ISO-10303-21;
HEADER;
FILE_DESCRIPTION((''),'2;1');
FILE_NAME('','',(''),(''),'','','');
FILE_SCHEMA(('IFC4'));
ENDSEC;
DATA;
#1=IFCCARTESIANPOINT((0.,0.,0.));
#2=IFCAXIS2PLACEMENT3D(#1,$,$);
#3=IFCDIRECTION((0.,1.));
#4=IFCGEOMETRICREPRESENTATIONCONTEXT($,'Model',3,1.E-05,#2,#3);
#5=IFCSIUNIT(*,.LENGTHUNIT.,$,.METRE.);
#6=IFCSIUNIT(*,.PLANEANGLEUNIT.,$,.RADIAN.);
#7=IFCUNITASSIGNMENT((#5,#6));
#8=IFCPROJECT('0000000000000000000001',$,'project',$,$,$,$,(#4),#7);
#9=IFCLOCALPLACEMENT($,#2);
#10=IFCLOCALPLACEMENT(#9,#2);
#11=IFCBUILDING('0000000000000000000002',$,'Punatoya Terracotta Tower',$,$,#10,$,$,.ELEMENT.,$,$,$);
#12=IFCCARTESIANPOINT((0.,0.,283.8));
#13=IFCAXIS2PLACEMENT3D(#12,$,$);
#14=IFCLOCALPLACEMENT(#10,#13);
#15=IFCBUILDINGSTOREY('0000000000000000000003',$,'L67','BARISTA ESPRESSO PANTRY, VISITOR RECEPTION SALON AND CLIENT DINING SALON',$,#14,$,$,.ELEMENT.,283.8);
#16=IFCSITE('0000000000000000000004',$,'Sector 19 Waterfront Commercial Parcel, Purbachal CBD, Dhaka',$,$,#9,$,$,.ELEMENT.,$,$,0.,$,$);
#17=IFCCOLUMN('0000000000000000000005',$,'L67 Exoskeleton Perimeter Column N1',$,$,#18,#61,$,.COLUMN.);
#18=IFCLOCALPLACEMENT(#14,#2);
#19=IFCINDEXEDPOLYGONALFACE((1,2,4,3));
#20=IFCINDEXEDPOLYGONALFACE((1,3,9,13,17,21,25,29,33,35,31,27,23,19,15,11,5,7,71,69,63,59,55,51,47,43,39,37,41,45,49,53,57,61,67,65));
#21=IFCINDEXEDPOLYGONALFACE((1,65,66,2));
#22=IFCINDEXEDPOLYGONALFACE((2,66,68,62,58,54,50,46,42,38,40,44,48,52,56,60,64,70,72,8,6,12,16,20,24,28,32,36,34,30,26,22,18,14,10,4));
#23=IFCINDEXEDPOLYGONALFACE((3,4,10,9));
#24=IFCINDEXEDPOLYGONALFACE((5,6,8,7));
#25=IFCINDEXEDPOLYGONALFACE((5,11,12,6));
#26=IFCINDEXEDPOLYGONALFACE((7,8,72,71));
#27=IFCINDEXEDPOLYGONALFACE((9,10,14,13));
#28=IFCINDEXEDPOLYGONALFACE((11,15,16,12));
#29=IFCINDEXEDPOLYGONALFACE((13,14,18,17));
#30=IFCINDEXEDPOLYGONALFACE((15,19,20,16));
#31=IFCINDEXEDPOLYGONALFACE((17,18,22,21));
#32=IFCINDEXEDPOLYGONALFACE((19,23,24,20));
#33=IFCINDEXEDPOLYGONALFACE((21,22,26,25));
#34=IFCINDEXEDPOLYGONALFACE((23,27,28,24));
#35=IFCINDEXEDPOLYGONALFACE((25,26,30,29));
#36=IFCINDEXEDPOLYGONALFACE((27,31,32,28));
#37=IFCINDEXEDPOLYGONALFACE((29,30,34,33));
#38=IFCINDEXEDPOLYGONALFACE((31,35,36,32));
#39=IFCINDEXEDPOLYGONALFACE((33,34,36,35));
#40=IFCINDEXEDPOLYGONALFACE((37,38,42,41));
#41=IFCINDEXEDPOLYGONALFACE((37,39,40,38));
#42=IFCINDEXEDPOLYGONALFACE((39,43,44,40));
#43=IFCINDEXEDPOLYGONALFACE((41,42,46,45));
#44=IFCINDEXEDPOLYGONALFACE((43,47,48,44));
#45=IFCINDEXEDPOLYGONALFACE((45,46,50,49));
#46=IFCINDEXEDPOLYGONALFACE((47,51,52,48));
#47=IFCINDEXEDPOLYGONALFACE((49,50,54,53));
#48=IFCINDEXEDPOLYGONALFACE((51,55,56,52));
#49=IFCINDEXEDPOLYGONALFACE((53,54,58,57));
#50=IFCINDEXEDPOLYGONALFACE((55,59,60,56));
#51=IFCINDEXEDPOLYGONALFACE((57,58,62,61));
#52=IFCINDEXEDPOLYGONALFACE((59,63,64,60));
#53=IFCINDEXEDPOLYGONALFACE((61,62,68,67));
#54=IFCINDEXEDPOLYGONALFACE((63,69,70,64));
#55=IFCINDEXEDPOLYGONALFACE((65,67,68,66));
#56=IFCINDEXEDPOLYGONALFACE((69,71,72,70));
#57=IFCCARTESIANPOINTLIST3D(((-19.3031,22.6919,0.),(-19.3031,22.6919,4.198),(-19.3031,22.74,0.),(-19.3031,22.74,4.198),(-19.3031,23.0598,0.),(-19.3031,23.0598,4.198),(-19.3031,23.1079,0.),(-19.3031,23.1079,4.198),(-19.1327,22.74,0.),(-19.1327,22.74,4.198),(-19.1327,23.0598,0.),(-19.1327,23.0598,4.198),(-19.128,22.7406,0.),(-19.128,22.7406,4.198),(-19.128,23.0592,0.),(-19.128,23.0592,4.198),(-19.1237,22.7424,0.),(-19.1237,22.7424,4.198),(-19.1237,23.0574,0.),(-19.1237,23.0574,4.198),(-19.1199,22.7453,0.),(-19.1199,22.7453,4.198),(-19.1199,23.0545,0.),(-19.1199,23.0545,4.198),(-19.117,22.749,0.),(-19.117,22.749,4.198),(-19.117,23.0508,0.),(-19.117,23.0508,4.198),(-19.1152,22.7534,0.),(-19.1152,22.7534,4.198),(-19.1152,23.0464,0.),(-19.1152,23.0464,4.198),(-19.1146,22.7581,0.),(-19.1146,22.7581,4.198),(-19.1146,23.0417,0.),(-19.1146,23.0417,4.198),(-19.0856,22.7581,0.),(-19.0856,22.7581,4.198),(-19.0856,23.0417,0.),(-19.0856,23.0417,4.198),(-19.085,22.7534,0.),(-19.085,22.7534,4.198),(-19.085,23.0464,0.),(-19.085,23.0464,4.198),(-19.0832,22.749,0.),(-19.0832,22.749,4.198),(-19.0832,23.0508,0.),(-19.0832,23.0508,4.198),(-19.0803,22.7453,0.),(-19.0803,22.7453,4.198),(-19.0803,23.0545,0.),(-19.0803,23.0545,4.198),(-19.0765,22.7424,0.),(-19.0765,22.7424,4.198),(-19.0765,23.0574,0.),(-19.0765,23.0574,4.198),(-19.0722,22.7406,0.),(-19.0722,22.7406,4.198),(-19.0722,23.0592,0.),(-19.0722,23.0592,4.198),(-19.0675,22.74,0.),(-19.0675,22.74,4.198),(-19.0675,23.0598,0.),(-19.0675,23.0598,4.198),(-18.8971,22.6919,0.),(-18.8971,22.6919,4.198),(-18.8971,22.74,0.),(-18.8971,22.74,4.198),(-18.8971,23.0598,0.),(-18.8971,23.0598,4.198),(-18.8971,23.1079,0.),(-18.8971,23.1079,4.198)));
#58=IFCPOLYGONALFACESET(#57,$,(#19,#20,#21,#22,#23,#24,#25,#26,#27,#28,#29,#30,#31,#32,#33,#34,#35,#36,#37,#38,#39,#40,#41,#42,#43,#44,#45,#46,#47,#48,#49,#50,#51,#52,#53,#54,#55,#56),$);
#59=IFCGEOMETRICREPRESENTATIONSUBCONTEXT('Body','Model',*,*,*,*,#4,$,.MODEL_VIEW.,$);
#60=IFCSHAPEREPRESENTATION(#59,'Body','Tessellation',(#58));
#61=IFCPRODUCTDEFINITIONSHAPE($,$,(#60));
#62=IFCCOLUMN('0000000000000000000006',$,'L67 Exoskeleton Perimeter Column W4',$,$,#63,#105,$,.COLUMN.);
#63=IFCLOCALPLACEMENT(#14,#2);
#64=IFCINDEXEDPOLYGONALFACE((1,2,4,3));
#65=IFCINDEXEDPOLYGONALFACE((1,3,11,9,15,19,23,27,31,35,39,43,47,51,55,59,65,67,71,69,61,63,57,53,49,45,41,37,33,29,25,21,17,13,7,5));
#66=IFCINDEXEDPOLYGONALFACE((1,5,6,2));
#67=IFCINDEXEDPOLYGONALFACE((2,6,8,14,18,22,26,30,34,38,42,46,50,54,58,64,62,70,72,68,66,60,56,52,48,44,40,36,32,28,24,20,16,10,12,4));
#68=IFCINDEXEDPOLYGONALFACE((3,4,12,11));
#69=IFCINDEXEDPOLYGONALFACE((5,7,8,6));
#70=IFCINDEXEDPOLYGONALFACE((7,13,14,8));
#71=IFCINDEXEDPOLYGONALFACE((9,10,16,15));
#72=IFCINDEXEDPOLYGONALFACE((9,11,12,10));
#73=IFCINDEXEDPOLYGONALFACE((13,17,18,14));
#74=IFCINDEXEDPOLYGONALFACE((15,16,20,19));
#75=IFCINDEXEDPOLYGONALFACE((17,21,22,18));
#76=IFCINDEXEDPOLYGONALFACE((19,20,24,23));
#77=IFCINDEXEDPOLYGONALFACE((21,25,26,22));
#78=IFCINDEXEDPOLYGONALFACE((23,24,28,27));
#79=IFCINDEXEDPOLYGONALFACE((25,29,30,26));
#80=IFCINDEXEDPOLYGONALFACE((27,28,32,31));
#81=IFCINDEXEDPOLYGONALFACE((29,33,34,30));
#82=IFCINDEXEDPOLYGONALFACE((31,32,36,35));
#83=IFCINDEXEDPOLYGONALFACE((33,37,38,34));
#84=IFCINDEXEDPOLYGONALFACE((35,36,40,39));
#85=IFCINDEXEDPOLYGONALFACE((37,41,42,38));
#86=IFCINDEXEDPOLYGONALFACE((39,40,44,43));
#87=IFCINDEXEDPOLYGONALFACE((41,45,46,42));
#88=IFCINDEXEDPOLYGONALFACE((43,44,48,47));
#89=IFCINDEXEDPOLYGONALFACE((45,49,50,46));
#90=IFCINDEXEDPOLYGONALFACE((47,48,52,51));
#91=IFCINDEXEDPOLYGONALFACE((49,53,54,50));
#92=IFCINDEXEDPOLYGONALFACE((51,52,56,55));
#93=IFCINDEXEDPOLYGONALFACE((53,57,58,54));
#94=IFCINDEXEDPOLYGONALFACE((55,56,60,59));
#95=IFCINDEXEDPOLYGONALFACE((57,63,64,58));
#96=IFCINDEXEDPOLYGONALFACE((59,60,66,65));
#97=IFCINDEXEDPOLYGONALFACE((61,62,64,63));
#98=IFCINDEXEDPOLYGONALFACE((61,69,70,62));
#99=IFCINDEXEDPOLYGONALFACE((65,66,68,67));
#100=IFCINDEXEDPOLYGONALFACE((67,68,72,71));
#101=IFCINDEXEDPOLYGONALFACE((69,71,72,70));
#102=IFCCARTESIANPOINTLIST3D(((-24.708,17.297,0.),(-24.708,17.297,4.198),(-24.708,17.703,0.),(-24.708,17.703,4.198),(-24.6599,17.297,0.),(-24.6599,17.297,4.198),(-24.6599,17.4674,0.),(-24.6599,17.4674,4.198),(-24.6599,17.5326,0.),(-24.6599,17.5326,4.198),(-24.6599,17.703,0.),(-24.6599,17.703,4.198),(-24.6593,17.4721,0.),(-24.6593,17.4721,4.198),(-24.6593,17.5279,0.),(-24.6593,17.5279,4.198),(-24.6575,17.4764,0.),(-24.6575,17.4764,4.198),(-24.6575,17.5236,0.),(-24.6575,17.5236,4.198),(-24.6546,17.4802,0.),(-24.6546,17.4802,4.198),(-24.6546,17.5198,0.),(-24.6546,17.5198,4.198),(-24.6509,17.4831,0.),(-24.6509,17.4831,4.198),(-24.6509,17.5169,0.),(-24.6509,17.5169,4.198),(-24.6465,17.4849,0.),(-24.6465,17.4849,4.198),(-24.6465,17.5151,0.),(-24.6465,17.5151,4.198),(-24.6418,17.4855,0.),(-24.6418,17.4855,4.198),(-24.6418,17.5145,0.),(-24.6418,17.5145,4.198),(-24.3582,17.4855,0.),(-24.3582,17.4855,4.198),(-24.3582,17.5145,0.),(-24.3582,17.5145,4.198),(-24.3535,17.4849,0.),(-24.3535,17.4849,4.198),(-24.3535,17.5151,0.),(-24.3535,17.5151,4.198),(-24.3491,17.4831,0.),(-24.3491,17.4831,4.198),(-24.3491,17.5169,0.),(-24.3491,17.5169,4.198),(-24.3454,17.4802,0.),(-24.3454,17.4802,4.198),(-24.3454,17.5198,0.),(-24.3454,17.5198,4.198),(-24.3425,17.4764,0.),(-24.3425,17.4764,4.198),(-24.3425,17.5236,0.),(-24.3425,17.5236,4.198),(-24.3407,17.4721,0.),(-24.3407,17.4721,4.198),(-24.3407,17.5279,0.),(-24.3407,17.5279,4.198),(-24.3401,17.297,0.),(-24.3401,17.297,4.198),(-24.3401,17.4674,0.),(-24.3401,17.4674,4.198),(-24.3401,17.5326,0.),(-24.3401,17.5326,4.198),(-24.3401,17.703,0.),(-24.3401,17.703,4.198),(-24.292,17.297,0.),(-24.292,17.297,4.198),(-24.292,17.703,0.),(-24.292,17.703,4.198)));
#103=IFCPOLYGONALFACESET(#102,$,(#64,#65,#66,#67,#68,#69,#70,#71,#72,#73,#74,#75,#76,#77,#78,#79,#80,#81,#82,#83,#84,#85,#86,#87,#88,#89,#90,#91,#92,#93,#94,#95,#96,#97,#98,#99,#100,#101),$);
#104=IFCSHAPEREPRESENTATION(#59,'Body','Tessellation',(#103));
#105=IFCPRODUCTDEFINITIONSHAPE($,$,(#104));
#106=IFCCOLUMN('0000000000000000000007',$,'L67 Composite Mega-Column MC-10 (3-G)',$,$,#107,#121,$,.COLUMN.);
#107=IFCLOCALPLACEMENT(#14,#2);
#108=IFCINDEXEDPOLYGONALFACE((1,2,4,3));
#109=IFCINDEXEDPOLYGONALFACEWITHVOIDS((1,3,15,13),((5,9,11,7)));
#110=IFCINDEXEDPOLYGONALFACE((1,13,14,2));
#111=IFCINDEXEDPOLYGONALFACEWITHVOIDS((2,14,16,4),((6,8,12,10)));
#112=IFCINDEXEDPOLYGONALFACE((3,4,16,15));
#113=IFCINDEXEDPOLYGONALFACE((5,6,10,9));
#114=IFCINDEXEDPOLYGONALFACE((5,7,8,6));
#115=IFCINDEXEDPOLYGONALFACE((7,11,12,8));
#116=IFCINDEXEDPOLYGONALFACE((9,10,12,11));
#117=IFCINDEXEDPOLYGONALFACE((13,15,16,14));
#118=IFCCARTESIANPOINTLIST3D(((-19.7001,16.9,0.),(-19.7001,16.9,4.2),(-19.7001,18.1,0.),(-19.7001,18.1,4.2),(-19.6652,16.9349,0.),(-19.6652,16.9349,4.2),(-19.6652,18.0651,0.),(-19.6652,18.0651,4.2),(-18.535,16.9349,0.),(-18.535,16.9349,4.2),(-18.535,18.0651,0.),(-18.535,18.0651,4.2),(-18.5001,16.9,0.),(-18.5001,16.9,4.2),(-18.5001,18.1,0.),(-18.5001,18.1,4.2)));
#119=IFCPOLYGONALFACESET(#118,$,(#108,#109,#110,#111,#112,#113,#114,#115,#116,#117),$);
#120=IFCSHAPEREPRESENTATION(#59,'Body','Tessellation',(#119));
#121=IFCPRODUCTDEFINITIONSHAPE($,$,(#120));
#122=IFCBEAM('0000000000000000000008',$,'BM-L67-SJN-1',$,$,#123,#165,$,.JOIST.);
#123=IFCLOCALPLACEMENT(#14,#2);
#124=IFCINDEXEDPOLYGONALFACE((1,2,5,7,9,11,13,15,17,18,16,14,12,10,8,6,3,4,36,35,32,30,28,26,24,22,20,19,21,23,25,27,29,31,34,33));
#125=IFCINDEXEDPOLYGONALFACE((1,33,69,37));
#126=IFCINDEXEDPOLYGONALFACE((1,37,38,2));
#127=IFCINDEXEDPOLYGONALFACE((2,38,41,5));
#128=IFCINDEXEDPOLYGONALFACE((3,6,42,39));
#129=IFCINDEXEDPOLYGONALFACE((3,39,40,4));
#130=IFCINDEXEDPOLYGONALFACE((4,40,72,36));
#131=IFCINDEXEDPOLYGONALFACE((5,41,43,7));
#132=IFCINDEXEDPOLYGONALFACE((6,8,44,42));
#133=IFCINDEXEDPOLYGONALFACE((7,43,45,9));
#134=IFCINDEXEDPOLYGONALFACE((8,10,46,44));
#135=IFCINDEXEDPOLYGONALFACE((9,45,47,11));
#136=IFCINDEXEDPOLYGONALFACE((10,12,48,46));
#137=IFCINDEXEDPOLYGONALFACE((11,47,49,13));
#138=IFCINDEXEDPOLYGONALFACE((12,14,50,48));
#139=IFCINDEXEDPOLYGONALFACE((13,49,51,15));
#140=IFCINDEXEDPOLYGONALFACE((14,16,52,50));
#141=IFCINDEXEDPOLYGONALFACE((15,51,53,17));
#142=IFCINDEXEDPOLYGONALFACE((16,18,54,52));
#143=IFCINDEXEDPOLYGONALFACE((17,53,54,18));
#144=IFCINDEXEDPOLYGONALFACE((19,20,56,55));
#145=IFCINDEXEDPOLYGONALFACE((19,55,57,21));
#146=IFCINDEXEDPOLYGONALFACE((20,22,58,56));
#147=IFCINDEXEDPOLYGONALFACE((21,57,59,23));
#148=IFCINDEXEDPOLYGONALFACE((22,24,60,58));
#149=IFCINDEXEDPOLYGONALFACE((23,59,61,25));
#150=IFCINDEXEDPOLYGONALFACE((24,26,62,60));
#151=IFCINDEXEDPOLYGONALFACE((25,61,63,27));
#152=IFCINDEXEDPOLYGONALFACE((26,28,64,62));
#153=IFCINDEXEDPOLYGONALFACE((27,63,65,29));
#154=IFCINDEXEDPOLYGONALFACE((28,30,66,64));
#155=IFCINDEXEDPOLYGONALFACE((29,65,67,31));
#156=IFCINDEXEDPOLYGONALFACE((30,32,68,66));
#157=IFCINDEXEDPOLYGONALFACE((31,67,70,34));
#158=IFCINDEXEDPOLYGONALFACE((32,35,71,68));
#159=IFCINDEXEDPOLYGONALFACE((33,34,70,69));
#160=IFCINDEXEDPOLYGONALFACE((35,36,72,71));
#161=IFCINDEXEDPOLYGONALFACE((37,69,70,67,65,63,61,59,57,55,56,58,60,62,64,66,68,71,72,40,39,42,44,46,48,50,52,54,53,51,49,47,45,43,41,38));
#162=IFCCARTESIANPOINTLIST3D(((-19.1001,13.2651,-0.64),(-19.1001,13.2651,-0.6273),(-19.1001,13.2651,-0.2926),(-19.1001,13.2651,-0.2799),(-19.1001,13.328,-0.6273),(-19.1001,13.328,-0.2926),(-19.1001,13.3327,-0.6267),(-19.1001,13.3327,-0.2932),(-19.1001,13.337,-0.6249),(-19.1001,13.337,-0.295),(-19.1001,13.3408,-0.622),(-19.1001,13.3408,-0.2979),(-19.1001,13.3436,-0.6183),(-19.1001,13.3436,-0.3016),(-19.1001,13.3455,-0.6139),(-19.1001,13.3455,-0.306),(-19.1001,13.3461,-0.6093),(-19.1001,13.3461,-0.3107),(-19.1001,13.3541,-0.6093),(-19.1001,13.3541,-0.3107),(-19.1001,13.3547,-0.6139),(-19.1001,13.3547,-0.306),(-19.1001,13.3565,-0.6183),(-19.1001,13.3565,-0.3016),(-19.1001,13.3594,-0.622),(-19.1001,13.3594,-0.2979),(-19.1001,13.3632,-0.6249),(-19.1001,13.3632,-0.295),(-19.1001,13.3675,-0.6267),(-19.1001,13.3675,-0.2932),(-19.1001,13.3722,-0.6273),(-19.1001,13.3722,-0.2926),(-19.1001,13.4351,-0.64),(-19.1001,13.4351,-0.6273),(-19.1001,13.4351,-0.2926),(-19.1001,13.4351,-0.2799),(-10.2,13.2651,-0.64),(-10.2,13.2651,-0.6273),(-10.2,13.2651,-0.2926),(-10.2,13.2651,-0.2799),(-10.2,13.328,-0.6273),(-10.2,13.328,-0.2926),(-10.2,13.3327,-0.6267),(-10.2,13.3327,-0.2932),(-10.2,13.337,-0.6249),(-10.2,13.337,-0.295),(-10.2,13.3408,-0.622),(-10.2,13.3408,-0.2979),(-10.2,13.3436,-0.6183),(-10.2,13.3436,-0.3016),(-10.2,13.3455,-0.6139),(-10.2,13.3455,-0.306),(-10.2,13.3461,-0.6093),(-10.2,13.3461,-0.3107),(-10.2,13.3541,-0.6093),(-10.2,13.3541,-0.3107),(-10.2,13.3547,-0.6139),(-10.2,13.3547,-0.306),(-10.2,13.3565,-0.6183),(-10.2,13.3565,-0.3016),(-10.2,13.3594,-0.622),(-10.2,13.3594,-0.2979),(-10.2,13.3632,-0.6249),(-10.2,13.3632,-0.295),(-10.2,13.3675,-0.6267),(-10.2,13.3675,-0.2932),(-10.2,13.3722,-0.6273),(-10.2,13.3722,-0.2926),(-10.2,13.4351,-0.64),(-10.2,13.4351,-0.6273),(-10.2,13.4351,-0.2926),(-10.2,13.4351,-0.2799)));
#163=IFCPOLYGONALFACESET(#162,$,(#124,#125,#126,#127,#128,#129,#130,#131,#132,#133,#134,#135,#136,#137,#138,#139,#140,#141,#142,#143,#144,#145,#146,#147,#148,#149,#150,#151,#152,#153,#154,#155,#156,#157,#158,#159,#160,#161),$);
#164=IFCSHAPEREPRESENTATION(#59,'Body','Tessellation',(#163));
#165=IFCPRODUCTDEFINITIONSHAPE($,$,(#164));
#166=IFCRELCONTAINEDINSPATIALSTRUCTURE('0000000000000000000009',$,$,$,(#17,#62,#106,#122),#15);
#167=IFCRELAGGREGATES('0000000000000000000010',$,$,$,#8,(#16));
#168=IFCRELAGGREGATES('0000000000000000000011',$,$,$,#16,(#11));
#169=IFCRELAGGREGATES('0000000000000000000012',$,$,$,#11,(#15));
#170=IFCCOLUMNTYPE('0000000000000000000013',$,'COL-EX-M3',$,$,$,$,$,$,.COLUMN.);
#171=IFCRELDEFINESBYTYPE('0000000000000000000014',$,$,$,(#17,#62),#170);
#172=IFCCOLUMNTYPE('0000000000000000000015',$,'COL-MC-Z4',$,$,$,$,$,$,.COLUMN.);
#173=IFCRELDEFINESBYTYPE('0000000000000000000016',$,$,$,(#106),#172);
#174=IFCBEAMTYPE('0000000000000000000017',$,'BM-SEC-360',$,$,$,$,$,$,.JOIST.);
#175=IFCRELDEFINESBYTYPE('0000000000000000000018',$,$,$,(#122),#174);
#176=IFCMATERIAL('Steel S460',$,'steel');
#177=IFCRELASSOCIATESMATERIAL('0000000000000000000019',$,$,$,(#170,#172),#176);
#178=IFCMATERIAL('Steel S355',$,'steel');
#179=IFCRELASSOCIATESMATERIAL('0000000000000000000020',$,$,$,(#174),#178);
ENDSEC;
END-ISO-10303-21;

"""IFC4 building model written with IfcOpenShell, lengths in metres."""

from ifc_helpers import new_model, si_unit, direction, frame, origin, origin_2d, place, context, subcontext, project, spatial, hollow_rectangle, i_section, extrude, material, material_profile, profile_set, type_object, element, save


model = new_model("IFC4")

# Units and contexts
model_context = context("Model", 3, precision=1e-05, world=origin(), true_north=direction((0.0, 1.0)))
body_context = subcontext(model_context, "Body", "Model", "MODEL_VIEW")
ifc_project = project(units=[si_unit("LENGTHUNIT", "METRE"), si_unit("PLANEANGLEUNIT", "RADIAN")], contexts=[model_context])

# Site, building, storey
site_placement = place(None, origin())
site = spatial("IfcSite", under=ifc_project, at=site_placement, Name="Sector 19 Waterfront Commercial Parcel, Purbachal CBD, Dhaka", CompositionType="ELEMENT", RefElevation=0.0)
building_placement = place(site_placement, origin())
building = spatial("IfcBuilding", under=site, at=building_placement, Name="Punatoya Terracotta Tower", CompositionType="ELEMENT")
storey_placement = place(building_placement, frame((0.0, 0.0, 283.8)))
storey = spatial("IfcBuildingStorey", under=building, at=storey_placement, Name="L67", Description="BARISTA ESPRESSO PANTRY, VISITOR RECEPTION SALON AND CLIENT DINING SALON", CompositionType="ELEMENT", Elevation=283.8)

# Columns
ifc_material_1 = material(Name="Steel S460", Category="steel")
ifc_material_profile_1 = material_profile(ifc_material_1, i_section(OverallWidth=0.406, OverallDepth=0.416, WebThickness=0.0291, FlangeThickness=0.0481, FilletRadius=0.0181, at=origin_2d()))
ifc_profile_set_1 = profile_set([ifc_material_profile_1], Name="Steel S460")
column_type_1 = type_object("IfcColumnType", Name="COL-EX-M3", PredefinedType="COLUMN", material=ifc_profile_set_1)
for number, where, z_axis, x_axis, name in (
    (1, (-19.1001, 22.8999, 0.0), (0.0, 0.0, 1.0), (1.0, 0.0, 0.0), "L67 Exoskeleton Perimeter Column N1"),
    (2, (-24.5, 17.5, 0.0), (0.0, 0.0, 1.0), (0.0, 1.0, 0.0), "L67 Exoskeleton Perimeter Column W4"),
):
    element("IfcColumn", number, at=place(storey_placement, frame(where, z_axis=z_axis, x_axis=x_axis)), inside=storey, type_object=column_type_1, Name=name, PredefinedType="COLUMN", context=body_context, shape_type="SweptSolid", body=[
        extrude(i_section(OverallWidth=0.406, OverallDepth=0.416, WebThickness=0.0291, FlangeThickness=0.0481, FilletRadius=0.0181, at=origin_2d()), origin(), (0.0, 0.0, 1.0), 4.198),
    ])
ifc_material_profile_2 = material_profile(ifc_material_1, hollow_rectangle(XDim=1.2, YDim=1.2, WallThickness=0.0349, at=origin_2d()))
ifc_profile_set_2 = profile_set([ifc_material_profile_2], Name="Steel S460")
column_type_2 = type_object("IfcColumnType", Name="COL-MC-Z4", PredefinedType="COLUMN", material=ifc_profile_set_2)
column_placement = place(storey_placement, frame((-19.1001, 17.5, 0.0), z_axis=(0.0, 0.0, 1.0), x_axis=(1.0, 0.0, 0.0)))
element("IfcColumn", 3, at=column_placement, inside=storey, type_object=column_type_2, Name="L67 Composite Mega-Column MC-10 (3-G)", PredefinedType="COLUMN", context=body_context, shape_type="SweptSolid", body=[
    extrude(hollow_rectangle(XDim=1.2, YDim=1.2, WallThickness=0.0349, at=origin_2d()), origin(), (0.0, 0.0, 1.0), 4.2),
])

# Beam
ifc_material_2 = material(Name="Steel S355", Category="steel")
ifc_material_profile_3 = material_profile(ifc_material_2, i_section(OverallWidth=0.1699, OverallDepth=0.3601, WebThickness=0.0081, FlangeThickness=0.0127, FilletRadius=0.0181, at=origin_2d()))
ifc_profile_set_3 = profile_set([ifc_material_profile_3], Name="Steel S355")
beam_type_1 = type_object("IfcBeamType", Name="BM-SEC-360", PredefinedType="JOIST", material=ifc_profile_set_3)
beam_1_placement = place(storey_placement, frame((-19.1001, 13.3501, -0.46), z_axis=(1.0, 0.0, 0.0), x_axis=(0.0, 1.0, 0.0)))
element("IfcBeam", 4, at=beam_1_placement, inside=storey, type_object=beam_type_1, Name="BM-L67-SJN-1", PredefinedType="JOIST", context=body_context, shape_type="SweptSolid", body=[
    extrude(i_section(OverallWidth=0.1699, OverallDepth=0.3601, WebThickness=0.0081, FlangeThickness=0.0127, FilletRadius=0.0181, at=origin_2d()), origin(), (0.0, 0.0, 1.0), 8.9001),
])

save(model, "model.ifc")
